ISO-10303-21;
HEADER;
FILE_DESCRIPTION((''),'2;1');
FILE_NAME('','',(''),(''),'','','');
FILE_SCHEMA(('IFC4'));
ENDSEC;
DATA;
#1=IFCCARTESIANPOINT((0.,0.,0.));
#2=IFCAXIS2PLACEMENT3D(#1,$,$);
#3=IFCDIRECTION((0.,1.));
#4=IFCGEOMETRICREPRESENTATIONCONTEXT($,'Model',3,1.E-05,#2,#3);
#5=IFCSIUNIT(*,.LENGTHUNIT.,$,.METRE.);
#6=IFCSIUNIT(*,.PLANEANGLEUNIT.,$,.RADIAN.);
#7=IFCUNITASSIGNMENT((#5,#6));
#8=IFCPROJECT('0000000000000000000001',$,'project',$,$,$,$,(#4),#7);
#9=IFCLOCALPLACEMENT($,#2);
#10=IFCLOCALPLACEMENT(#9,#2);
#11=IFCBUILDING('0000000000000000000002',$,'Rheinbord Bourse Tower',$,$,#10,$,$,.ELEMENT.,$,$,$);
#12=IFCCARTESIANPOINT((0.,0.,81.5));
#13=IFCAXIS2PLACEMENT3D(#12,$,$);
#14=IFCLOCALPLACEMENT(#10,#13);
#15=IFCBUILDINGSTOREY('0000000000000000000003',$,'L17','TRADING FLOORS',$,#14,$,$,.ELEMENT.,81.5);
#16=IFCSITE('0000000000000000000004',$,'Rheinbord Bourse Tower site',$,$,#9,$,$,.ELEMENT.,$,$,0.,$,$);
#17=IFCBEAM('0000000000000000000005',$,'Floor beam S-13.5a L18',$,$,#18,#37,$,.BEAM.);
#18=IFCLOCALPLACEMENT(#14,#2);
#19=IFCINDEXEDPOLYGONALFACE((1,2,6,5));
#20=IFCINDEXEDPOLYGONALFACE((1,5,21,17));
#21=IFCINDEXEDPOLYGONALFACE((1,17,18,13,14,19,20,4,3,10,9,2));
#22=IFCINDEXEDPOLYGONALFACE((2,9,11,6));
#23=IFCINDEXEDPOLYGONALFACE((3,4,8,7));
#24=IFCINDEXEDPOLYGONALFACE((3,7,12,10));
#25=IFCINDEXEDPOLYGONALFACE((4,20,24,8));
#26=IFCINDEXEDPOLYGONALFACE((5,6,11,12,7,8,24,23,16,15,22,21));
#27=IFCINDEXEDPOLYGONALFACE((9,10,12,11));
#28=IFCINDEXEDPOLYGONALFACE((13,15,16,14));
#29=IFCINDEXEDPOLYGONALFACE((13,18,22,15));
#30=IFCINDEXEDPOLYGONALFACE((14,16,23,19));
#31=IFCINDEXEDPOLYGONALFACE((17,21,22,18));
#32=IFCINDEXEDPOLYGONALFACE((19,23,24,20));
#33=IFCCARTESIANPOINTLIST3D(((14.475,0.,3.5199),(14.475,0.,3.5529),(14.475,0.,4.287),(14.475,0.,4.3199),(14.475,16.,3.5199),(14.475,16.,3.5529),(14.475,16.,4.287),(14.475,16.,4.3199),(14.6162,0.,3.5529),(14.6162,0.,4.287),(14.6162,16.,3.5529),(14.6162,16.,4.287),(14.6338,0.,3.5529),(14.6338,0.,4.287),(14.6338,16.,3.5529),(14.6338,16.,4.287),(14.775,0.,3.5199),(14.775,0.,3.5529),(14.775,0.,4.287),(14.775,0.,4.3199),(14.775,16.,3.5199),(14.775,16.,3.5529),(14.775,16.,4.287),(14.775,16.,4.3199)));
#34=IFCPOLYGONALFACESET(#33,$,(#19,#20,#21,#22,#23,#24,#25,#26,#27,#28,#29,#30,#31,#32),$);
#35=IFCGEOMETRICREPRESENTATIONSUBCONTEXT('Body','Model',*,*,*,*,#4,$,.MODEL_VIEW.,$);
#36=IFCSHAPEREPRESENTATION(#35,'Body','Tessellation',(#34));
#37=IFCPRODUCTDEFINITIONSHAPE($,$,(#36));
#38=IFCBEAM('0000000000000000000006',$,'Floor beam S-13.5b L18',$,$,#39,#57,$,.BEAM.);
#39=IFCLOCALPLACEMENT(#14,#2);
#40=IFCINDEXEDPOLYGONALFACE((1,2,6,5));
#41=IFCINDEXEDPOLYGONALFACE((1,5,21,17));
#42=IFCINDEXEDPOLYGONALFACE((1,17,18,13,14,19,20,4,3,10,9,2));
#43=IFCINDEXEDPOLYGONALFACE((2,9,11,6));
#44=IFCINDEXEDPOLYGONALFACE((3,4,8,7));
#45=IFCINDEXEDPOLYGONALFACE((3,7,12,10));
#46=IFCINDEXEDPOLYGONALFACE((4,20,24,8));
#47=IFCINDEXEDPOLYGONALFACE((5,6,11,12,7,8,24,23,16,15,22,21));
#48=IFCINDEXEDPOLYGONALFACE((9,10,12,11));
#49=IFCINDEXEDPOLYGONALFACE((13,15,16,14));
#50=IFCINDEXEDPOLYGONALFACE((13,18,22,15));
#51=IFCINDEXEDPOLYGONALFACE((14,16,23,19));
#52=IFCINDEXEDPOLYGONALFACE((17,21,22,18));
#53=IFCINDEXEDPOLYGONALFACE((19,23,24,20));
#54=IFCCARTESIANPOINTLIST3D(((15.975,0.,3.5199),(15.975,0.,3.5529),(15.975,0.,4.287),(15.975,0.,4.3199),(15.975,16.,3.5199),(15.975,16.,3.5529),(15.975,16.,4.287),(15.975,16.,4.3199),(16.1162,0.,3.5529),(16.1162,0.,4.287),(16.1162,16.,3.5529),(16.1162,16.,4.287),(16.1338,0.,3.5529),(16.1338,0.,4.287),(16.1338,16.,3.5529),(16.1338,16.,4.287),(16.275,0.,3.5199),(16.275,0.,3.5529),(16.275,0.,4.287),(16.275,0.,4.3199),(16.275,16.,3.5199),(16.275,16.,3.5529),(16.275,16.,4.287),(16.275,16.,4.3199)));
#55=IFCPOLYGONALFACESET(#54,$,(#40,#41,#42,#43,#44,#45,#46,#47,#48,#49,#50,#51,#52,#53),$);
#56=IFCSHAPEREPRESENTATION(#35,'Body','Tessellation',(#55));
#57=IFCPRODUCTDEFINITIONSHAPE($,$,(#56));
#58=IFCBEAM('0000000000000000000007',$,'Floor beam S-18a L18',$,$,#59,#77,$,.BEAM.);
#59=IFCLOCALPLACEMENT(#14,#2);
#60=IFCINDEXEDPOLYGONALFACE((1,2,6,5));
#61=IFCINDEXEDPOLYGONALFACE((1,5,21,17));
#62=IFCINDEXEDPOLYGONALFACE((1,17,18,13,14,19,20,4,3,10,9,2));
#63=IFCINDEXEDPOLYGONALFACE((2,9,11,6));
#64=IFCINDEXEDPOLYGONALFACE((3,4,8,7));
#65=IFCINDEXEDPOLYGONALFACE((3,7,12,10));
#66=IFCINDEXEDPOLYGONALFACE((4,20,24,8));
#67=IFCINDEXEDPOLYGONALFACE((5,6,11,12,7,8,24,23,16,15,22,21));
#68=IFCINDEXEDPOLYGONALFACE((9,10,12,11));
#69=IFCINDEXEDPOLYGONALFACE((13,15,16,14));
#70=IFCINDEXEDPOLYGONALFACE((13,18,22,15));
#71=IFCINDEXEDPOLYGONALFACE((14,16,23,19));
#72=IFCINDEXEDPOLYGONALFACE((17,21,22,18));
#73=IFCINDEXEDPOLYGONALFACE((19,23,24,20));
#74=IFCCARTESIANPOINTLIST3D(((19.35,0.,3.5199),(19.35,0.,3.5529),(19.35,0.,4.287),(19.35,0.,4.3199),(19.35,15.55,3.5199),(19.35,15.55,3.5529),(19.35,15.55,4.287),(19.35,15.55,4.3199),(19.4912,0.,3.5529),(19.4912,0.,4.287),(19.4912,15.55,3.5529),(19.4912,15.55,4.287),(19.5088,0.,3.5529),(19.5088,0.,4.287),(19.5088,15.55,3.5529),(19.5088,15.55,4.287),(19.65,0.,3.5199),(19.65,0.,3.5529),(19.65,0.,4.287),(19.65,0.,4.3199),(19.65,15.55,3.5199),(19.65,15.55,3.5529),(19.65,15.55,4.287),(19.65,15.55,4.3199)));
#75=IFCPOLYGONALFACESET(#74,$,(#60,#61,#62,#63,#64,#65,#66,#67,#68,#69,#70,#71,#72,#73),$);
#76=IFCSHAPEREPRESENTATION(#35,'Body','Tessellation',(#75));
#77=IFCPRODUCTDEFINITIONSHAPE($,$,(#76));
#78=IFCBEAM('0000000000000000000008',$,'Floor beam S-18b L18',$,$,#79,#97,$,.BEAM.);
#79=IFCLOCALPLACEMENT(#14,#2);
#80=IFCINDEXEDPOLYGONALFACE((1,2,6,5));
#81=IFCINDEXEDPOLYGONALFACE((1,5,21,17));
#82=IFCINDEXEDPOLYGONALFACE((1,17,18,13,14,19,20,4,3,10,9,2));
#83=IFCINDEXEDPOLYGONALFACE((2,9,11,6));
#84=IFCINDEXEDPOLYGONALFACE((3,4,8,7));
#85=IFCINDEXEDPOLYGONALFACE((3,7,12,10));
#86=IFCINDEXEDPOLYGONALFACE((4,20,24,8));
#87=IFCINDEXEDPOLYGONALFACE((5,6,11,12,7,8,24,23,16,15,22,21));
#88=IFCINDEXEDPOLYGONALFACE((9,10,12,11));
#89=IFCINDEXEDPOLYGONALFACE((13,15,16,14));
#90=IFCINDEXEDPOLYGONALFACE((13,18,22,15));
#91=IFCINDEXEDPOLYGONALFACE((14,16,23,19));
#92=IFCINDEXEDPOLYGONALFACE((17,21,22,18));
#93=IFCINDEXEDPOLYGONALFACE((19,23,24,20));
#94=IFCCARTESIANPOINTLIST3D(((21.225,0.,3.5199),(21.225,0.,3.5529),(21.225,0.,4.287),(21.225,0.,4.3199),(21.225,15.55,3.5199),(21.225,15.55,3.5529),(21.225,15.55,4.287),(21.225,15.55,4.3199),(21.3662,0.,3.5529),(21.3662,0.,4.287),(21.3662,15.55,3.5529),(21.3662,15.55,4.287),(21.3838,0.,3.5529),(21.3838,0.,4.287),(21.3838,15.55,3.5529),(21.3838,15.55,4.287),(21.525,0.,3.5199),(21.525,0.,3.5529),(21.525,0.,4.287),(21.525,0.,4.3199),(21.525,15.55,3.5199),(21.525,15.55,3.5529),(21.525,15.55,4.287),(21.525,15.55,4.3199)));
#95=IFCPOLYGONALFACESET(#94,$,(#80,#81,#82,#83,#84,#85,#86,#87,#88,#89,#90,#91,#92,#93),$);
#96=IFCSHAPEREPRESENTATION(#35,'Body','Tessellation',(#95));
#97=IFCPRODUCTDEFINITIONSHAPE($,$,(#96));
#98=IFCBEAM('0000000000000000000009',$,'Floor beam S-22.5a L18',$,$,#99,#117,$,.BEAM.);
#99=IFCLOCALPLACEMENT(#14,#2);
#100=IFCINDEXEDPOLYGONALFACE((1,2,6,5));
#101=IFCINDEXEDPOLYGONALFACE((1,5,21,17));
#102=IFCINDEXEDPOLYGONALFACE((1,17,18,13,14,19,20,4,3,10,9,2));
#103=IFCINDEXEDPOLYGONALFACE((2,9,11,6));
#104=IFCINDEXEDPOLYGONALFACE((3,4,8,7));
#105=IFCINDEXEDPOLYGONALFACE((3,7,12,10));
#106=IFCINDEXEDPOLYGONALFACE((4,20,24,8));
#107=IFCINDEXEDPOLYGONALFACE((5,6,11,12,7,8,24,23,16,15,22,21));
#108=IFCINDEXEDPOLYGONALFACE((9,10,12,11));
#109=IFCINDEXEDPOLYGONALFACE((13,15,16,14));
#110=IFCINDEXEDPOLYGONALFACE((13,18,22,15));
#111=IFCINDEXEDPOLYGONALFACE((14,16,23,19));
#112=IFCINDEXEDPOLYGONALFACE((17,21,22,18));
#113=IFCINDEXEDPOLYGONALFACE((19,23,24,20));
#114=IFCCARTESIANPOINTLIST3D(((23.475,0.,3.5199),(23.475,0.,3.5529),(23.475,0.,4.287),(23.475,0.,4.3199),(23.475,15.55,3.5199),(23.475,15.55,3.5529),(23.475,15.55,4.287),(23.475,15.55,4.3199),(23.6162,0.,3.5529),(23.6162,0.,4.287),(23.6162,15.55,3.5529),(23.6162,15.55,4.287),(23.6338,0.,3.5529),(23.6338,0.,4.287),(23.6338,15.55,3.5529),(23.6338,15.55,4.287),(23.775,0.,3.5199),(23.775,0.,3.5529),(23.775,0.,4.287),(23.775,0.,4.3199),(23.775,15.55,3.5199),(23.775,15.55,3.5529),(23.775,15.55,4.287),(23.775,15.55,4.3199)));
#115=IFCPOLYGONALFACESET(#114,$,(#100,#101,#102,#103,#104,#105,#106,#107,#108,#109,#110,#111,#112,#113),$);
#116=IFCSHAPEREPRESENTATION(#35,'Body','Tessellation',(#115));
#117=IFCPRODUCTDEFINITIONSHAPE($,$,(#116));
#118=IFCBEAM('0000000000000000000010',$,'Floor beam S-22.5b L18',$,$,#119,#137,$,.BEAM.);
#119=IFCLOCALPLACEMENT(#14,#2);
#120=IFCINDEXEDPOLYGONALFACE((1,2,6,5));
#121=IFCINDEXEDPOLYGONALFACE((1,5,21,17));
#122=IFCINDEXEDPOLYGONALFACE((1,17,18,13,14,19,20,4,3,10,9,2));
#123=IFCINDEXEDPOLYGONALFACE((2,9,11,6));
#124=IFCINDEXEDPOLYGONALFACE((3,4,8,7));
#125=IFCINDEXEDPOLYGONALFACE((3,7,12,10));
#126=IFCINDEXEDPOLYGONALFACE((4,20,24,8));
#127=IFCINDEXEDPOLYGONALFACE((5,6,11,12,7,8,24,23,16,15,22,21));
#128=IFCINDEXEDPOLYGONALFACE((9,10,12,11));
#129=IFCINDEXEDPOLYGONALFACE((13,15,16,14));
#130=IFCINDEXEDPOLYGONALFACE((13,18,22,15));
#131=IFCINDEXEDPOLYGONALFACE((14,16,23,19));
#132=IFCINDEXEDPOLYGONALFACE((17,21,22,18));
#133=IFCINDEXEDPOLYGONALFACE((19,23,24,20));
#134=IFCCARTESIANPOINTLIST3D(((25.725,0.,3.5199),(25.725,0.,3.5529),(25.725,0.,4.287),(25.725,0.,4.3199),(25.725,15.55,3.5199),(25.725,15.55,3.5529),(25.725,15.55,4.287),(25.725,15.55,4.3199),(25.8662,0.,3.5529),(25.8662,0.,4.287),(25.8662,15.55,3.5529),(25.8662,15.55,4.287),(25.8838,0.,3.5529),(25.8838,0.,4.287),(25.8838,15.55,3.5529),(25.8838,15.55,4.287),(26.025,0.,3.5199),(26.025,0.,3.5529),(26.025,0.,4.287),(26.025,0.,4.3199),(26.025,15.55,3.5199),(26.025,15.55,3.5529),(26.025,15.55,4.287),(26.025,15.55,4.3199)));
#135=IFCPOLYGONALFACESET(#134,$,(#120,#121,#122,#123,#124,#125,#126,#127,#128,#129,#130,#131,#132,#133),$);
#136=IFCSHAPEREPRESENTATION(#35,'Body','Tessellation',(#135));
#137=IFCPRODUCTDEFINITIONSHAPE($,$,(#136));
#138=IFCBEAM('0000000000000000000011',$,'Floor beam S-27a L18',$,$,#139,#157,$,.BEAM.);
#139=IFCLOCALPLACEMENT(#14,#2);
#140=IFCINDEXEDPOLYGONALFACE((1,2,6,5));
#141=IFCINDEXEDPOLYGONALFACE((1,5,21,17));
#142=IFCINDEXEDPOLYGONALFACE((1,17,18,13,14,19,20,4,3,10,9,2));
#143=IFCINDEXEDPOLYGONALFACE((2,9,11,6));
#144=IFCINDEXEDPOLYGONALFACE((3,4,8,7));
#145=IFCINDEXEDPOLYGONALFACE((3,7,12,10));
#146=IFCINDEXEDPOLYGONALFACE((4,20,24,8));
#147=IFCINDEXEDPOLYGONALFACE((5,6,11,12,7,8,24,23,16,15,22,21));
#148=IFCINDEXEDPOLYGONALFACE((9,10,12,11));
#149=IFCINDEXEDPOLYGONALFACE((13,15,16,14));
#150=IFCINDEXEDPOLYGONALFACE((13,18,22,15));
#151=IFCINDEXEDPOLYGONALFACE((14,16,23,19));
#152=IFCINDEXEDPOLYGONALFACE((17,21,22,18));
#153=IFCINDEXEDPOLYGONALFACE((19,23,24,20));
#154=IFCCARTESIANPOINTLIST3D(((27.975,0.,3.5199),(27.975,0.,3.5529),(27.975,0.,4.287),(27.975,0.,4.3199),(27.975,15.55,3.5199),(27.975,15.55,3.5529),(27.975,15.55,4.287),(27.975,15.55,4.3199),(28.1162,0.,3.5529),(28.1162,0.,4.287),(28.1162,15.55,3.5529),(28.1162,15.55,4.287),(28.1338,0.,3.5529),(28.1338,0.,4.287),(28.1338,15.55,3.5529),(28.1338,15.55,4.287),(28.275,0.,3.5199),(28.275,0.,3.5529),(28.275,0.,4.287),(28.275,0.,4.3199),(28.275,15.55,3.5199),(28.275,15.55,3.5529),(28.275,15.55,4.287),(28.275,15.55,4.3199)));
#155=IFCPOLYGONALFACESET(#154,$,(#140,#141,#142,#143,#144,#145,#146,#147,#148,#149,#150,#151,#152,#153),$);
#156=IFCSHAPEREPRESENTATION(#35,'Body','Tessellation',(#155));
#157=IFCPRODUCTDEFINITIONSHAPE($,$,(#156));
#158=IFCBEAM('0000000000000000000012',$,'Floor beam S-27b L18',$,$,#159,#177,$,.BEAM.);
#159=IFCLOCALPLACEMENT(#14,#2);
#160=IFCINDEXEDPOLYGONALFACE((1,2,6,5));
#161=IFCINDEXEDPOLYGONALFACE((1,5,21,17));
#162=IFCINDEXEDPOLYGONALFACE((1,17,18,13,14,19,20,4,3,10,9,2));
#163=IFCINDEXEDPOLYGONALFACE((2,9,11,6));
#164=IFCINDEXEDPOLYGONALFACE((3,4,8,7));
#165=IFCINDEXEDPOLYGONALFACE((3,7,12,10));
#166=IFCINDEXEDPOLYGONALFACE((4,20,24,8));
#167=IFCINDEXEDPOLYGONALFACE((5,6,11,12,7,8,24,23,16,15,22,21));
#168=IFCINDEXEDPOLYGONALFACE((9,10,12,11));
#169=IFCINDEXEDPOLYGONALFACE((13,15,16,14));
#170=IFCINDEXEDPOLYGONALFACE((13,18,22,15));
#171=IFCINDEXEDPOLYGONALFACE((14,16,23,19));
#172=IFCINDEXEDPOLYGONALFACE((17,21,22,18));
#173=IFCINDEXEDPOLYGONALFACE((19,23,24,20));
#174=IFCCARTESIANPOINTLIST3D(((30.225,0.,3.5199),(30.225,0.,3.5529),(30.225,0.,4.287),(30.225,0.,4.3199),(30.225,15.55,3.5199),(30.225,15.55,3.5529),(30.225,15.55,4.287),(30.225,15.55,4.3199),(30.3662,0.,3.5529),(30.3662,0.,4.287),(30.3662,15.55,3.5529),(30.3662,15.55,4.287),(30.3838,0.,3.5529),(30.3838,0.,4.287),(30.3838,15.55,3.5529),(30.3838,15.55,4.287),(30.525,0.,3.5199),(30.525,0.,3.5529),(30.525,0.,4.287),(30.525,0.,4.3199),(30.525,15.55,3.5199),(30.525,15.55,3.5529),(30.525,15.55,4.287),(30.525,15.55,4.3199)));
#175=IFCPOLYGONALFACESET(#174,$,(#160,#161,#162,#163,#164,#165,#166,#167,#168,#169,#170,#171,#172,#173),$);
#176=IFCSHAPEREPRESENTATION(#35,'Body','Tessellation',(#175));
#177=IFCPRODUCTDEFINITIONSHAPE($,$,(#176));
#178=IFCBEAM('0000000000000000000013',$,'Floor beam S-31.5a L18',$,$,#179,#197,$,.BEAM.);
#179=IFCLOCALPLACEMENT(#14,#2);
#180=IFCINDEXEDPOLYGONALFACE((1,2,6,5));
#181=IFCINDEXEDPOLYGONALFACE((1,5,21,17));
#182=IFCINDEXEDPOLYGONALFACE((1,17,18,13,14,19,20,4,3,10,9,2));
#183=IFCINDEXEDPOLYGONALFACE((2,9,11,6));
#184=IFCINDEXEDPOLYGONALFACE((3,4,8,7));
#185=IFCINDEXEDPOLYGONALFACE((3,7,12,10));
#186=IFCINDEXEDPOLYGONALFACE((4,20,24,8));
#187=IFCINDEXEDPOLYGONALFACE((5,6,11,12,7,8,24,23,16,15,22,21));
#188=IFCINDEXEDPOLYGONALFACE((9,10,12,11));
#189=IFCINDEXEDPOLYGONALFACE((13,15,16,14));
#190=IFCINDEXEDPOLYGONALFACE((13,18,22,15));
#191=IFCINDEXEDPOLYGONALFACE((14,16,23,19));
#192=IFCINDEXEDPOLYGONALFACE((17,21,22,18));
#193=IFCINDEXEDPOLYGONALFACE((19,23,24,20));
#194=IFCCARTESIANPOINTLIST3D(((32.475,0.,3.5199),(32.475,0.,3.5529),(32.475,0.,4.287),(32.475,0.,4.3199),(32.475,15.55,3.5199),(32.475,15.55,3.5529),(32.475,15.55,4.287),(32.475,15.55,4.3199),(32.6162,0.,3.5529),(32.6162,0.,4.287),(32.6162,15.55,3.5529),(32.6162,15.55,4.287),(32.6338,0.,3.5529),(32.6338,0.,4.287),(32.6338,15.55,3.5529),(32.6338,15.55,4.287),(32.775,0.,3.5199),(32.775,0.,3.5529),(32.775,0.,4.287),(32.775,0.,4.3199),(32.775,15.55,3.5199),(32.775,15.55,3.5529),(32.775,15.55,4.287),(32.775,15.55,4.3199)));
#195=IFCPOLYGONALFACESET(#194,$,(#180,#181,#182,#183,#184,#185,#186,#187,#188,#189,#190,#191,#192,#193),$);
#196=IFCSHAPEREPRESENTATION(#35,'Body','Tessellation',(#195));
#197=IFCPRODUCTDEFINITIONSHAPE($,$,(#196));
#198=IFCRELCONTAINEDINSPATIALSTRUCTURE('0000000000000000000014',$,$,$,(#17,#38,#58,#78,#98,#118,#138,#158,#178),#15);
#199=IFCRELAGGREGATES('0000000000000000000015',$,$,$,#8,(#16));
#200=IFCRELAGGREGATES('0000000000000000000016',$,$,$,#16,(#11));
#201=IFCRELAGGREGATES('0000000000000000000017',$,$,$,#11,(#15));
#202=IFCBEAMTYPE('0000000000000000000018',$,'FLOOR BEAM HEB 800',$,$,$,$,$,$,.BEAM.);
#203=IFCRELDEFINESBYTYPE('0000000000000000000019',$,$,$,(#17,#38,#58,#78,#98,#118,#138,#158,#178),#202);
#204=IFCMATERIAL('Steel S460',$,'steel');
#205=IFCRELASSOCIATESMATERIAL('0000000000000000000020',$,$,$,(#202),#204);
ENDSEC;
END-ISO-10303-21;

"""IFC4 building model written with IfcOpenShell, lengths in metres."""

from ifc_helpers import new_model, si_unit, direction, frame, origin, origin_2d, place, context, subcontext, project, spatial, i_section, extrude, material, material_profile, profile_set, type_object, element, save


model = new_model("IFC4")

# Units and contexts
model_context = context("Model", 3, precision=1e-05, world=origin(), true_north=direction((0.0, 1.0)))
body_context = subcontext(model_context, "Body", "Model", "MODEL_VIEW")
ifc_project = project(units=[si_unit("LENGTHUNIT", "METRE"), si_unit("PLANEANGLEUNIT", "RADIAN")], contexts=[model_context])

# Site, building, storey
site_placement = place(None, origin())
site = spatial("IfcSite", under=ifc_project, at=site_placement, Name="Rheinbord Bourse Tower site", CompositionType="ELEMENT", RefElevation=0.0)
building_placement = place(site_placement, origin())
building = spatial("IfcBuilding", under=site, at=building_placement, Name="Rheinbord Bourse Tower", CompositionType="ELEMENT")
storey_placement = place(building_placement, frame((0.0, 0.0, 81.5)))
storey = spatial("IfcBuildingStorey", under=building, at=storey_placement, Name="L17", Description="TRADING FLOORS", CompositionType="ELEMENT", Elevation=81.5)

# Beams
ifc_material_1 = material(Name="Steel S460", Category="steel")
ifc_material_profile_1 = material_profile(ifc_material_1, i_section(OverallWidth=0.3, OverallDepth=0.8, WebThickness=0.0176, FlangeThickness=0.033, at=origin_2d()), Name="HEB 800")
ifc_profile_set_1 = profile_set([ifc_material_profile_1], Name="Steel S460")
beam_type_1 = type_object("IfcBeamType", Name="FLOOR BEAM HEB 800", PredefinedType="BEAM", material=ifc_profile_set_1)
for number, where, z_axis, x_axis, name in (
    (1, (14.625, 0.0, 3.9199), (0.0, 1.0, 0.0), (-1.0, 0.0, 0.0), "Floor beam S-13.5a L18"),
    (2, (16.125, 0.0, 3.9199), (0.0, 1.0, 0.0), (-1.0, 0.0, 0.0), "Floor beam S-13.5b L18"),
):
    element("IfcBeam", number, at=place(storey_placement, frame(where, z_axis=z_axis, x_axis=x_axis)), inside=storey, type_object=beam_type_1, Name=name, PredefinedType="BEAM", context=body_context, shape_type="SweptSolid", body=[
        extrude(i_section(OverallWidth=0.3, OverallDepth=0.8, WebThickness=0.0176, FlangeThickness=0.033, at=origin_2d()), origin(), (0.0, 0.0, 1.0), 16.0),
    ])
for number, where, z_axis, x_axis, name in (
    (3, (19.5, 0.0, 3.9199), (0.0, 1.0, 0.0), (-1.0, 0.0, 0.0), "Floor beam S-18a L18"),
    (4, (21.375, 0.0, 3.9199), (0.0, 1.0, 0.0), (-1.0, 0.0, 0.0), "Floor beam S-18b L18"),
    (5, (23.625, 0.0, 3.9199), (0.0, 1.0, 0.0), (-1.0, 0.0, 0.0), "Floor beam S-22.5a L18"),
    (6, (25.875, 0.0, 3.9199), (0.0, 1.0, 0.0), (-1.0, 0.0, 0.0), "Floor beam S-22.5b L18"),
    (7, (28.125, 0.0, 3.9199), (0.0, 1.0, 0.0), (-1.0, 0.0, 0.0), "Floor beam S-27a L18"),
    (8, (30.375, 0.0, 3.9199), (0.0, 1.0, 0.0), (-1.0, 0.0, 0.0), "Floor beam S-27b L18"),
    (9, (32.625, 0.0, 3.9199), (0.0, 1.0, 0.0), (-1.0, 0.0, 0.0), "Floor beam S-31.5a L18"),
):
    element("IfcBeam", number, at=place(storey_placement, frame(where, z_axis=z_axis, x_axis=x_axis)), inside=storey, type_object=beam_type_1, Name=name, PredefinedType="BEAM", context=body_context, shape_type="SweptSolid", body=[
        extrude(i_section(OverallWidth=0.3, OverallDepth=0.8, WebThickness=0.0176, FlangeThickness=0.033, at=origin_2d()), origin(), (0.0, 0.0, 1.0), 15.55),
    ])

save(model, "model.ifc")
